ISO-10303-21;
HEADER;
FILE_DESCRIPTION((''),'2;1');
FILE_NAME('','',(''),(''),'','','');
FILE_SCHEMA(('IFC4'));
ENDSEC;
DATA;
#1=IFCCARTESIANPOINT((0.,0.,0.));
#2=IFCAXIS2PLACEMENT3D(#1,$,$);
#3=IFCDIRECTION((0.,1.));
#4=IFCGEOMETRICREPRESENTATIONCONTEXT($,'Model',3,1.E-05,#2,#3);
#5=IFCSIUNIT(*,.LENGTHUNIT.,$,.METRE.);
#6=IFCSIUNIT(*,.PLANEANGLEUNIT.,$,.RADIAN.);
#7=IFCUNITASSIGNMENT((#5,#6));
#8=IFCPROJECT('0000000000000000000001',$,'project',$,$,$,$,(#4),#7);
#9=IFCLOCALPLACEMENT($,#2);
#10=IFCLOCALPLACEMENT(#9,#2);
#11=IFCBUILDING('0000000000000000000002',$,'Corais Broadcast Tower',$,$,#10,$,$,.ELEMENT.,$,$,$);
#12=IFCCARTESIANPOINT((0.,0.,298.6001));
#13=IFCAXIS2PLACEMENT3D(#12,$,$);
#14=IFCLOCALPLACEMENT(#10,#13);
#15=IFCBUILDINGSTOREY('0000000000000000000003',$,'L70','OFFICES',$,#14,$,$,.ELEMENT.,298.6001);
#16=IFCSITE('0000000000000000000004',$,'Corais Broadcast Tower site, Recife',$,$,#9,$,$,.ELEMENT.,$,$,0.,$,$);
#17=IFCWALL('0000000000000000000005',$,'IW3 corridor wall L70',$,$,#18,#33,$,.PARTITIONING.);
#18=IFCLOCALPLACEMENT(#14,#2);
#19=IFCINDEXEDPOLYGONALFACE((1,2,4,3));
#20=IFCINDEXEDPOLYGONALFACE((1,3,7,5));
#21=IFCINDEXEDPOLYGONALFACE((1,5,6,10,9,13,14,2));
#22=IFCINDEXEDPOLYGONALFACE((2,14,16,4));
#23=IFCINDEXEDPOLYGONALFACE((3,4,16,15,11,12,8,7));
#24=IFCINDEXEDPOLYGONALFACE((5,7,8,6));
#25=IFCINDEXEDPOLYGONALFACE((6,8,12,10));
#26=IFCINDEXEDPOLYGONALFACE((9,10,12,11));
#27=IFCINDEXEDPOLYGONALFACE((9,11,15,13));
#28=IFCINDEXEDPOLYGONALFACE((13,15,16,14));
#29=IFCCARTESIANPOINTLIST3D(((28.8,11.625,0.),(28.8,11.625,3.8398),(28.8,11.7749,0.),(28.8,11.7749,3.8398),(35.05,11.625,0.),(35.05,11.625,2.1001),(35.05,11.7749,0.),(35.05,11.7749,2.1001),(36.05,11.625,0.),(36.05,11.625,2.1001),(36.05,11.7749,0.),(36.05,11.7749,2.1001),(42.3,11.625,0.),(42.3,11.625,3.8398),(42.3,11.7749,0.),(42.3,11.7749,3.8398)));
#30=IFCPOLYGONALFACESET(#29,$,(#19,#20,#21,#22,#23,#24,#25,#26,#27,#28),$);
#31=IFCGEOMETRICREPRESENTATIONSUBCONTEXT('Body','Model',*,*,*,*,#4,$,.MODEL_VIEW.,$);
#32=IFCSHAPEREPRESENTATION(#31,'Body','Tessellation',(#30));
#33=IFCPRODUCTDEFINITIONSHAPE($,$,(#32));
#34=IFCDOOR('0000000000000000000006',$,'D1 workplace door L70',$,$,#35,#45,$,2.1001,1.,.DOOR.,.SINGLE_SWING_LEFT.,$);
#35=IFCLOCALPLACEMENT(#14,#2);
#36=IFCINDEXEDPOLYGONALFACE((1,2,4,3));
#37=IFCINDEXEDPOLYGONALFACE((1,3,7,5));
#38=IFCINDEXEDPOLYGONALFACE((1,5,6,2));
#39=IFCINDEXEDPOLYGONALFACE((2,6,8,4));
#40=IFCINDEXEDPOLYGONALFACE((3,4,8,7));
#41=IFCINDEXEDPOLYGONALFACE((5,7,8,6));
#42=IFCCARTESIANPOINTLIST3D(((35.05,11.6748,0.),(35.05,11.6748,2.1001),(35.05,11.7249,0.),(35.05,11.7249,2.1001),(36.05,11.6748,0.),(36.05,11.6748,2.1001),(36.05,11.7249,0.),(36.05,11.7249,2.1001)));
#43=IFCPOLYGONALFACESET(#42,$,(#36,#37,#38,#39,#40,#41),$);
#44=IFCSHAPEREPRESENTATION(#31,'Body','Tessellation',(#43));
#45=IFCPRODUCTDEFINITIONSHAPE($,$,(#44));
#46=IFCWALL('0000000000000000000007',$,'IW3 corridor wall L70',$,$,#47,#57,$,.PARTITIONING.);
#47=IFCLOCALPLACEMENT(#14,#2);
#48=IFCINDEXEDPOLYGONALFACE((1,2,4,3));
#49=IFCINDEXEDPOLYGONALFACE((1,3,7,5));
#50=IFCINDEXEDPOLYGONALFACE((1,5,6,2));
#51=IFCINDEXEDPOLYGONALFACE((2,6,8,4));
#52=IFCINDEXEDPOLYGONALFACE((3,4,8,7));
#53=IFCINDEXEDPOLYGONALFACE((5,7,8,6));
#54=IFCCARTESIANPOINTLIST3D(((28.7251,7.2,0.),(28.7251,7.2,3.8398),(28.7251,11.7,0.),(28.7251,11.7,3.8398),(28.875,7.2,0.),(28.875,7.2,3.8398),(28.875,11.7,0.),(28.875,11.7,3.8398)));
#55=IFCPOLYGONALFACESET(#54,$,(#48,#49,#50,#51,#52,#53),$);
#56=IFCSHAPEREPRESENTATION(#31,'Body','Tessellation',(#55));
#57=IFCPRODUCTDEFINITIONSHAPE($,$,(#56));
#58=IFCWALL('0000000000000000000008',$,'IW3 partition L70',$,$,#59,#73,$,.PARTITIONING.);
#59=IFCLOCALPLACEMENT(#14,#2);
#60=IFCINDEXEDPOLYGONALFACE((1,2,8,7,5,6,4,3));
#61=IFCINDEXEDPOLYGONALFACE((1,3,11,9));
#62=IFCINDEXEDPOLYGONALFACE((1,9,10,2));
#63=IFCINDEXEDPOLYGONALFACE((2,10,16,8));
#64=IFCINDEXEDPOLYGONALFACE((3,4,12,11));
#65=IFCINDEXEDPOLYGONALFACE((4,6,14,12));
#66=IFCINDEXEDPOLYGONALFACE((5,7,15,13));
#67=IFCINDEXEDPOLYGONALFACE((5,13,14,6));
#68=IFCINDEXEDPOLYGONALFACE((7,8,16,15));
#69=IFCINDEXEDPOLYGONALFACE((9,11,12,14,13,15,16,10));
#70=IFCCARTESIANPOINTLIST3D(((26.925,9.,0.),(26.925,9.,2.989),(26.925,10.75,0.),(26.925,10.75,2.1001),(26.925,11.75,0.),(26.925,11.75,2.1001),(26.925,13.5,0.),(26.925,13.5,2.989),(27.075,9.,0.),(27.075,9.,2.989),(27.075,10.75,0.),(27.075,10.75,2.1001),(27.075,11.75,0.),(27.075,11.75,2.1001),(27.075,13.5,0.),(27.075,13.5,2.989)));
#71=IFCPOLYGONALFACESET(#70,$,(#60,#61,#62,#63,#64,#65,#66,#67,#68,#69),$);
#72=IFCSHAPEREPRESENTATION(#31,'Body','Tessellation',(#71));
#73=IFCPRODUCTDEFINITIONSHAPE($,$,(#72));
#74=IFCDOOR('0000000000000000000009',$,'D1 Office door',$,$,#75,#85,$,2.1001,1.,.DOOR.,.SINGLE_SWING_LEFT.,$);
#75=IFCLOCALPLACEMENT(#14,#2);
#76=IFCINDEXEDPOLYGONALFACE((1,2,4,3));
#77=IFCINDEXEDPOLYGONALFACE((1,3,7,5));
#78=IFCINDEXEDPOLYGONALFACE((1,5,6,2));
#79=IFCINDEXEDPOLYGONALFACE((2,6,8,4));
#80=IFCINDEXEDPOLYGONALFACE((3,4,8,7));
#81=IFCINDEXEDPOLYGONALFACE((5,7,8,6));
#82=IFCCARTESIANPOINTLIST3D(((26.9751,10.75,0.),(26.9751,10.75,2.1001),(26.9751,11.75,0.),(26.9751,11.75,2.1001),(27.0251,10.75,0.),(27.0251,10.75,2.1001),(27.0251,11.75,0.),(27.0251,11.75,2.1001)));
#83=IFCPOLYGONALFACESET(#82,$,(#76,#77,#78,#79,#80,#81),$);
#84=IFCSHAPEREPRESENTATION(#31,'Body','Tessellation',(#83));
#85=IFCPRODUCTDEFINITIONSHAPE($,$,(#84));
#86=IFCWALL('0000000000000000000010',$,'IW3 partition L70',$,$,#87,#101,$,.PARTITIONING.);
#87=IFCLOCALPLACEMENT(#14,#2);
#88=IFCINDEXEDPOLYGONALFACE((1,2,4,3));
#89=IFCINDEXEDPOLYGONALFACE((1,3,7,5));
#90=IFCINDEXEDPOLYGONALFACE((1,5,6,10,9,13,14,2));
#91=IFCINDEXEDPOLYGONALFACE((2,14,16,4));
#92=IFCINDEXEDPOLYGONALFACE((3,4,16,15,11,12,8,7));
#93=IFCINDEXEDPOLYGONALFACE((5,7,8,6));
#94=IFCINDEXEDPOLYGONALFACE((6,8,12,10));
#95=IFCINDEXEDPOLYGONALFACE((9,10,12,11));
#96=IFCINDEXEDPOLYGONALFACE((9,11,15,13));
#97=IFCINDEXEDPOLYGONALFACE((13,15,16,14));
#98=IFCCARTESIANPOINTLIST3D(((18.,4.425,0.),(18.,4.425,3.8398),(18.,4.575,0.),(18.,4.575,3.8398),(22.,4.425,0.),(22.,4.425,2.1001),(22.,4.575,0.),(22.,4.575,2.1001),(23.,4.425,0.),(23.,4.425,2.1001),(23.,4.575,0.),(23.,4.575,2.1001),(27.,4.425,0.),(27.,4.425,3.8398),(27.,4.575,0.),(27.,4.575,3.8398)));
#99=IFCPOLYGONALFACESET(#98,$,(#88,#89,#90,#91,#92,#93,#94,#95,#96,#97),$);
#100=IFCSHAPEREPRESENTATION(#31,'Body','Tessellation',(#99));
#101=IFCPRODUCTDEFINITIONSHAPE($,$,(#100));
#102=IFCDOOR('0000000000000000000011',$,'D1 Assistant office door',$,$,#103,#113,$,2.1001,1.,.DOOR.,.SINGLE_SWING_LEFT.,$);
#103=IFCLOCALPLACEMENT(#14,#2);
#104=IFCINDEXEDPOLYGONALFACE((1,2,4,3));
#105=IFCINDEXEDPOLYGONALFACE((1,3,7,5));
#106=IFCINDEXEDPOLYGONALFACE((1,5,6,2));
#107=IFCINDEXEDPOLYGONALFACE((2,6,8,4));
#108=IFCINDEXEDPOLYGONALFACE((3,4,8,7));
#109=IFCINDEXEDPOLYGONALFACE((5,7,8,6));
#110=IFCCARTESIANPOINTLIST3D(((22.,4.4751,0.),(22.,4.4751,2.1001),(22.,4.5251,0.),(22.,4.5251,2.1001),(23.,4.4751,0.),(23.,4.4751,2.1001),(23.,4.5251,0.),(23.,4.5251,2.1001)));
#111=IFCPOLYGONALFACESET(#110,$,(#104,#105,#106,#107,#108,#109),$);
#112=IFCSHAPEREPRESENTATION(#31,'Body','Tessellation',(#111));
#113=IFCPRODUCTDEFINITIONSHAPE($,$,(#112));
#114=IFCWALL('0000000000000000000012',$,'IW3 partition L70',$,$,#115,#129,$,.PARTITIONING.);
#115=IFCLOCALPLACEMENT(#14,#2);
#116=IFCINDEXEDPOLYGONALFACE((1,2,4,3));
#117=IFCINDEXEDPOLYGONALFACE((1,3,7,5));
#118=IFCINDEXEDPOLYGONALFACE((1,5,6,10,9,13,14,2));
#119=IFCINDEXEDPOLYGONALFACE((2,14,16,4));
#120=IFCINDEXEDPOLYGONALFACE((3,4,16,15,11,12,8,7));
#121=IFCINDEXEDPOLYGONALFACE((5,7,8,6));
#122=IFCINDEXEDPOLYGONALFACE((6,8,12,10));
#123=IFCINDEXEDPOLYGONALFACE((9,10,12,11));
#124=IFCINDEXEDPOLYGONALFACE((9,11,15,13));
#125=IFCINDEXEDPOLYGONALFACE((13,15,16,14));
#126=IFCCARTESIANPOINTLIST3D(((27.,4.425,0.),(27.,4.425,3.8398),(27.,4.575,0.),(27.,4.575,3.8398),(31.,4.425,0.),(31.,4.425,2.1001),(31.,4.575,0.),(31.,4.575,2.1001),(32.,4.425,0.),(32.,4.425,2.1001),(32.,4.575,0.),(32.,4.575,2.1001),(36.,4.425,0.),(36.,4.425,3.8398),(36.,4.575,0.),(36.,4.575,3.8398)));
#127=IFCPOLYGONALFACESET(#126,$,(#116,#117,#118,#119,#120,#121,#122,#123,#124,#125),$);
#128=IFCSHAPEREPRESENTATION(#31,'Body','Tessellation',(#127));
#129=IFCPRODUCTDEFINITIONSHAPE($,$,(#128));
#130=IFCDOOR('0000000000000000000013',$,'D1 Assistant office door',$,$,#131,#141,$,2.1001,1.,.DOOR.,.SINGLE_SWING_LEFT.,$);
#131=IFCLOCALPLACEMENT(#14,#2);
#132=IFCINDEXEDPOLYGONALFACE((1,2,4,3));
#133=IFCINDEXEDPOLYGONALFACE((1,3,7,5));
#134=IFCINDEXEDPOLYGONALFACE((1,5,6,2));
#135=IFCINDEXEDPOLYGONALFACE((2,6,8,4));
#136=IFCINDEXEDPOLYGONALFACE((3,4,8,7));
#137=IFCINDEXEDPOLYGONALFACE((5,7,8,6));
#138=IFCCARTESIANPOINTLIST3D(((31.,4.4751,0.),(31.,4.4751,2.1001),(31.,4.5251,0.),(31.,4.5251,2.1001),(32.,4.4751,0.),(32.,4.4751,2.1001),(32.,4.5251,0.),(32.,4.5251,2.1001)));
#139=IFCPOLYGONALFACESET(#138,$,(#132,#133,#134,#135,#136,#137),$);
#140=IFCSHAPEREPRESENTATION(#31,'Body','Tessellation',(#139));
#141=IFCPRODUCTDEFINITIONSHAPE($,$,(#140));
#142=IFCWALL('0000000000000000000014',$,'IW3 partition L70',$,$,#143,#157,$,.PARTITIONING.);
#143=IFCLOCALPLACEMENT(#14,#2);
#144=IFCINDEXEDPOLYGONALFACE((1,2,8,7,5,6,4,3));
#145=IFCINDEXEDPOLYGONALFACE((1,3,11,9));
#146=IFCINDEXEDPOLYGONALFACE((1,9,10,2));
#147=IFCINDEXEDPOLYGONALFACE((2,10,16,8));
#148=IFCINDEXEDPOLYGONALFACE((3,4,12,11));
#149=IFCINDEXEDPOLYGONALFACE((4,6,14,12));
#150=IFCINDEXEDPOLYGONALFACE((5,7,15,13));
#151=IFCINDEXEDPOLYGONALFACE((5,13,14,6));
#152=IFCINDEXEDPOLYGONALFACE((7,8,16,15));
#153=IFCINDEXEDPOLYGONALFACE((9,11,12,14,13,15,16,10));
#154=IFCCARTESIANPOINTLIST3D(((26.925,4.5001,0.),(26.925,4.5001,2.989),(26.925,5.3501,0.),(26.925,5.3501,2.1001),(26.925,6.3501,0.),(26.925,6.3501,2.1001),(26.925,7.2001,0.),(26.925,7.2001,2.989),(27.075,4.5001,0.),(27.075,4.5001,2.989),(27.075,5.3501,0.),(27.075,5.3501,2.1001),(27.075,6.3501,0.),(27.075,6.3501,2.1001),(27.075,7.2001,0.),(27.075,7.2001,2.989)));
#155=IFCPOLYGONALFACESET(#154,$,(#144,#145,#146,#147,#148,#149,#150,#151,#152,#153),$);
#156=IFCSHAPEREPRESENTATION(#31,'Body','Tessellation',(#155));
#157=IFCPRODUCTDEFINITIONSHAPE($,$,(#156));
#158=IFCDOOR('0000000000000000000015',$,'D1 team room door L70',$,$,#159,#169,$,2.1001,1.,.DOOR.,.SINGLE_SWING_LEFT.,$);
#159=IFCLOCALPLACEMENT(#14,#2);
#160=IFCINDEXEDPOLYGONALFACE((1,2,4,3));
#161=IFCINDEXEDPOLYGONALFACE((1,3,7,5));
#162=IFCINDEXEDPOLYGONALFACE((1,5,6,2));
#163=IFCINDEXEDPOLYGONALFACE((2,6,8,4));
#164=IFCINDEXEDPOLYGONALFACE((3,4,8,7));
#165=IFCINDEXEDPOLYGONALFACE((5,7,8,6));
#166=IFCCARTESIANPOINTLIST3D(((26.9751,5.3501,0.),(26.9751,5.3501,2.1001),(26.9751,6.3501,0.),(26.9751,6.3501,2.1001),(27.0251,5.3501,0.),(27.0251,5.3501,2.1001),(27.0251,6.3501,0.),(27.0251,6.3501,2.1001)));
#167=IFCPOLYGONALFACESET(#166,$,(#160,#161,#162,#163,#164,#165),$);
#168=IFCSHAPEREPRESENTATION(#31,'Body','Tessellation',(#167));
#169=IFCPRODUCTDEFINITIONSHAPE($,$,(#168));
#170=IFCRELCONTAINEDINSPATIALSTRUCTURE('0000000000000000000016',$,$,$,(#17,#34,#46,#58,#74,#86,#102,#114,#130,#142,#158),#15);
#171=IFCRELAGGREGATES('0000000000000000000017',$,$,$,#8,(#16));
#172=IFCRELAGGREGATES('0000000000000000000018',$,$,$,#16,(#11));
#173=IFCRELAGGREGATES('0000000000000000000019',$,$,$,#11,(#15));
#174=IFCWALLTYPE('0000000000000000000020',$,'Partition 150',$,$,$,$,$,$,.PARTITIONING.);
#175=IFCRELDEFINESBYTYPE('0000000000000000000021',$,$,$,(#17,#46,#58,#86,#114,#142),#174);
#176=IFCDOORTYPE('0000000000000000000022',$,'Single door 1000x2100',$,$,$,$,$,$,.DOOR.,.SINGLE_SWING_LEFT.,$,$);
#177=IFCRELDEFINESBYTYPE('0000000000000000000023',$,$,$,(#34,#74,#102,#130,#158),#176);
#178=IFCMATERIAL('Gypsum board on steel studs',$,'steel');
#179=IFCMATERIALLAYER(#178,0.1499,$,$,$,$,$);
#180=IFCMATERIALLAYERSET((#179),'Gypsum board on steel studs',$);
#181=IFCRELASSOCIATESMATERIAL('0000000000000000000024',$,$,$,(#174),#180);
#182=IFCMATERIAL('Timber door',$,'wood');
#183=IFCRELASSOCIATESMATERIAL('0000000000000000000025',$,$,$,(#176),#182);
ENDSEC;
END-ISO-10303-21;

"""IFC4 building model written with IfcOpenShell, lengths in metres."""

from ifc_helpers import new_model, si_unit, direction, frame, frame_2d, origin, place, context, subcontext, project, spatial, rectangle, extrude, material, layer, layer_set, type_object, element, fill, save


model = new_model("IFC4")

# Units and contexts
model_context = context("Model", 3, precision=1e-05, world=origin(), true_north=direction((0.0, 1.0)))
body_context = subcontext(model_context, "Body", "Model", "MODEL_VIEW")
ifc_project = project(units=[si_unit("LENGTHUNIT", "METRE"), si_unit("PLANEANGLEUNIT", "RADIAN")], contexts=[model_context])

# Site, building, storey
site_placement = place(None, origin())
site = spatial("IfcSite", under=ifc_project, at=site_placement, Name="Corais Broadcast Tower site, Recife", CompositionType="ELEMENT", RefElevation=0.0)
building_placement = place(site_placement, origin())
building = spatial("IfcBuilding", under=site, at=building_placement, Name="Corais Broadcast Tower", CompositionType="ELEMENT")
storey_placement = place(building_placement, frame((0.0, 0.0, 298.6001)))
storey = spatial("IfcBuildingStorey", under=building, at=storey_placement, Name="L70", Description="OFFICES", CompositionType="ELEMENT", Elevation=298.6001)

# Wall, opening, door
ifc_material_1 = material(Name="Gypsum board on steel studs", Category="steel")
ifc_layer_1 = layer(ifc_material_1, 0.1499)
ifc_layer_set_1 = layer_set([ifc_layer_1], Name="Gypsum board on steel studs")
wall_type_1 = type_object("IfcWallType", Name="Partition 150", PredefinedType="PARTITIONING", material=ifc_layer_set_1)
wall_1_placement = place(storey_placement, frame((28.8, 11.7, 0.0), z_axis=(0.0, 0.0, 1.0), x_axis=(1.0, 0.0, 0.0)))
wall_1 = element("IfcWall", 1, at=wall_1_placement, inside=storey, type_object=wall_type_1, Name="IW3 corridor wall L70", PredefinedType="PARTITIONING", context=body_context, shape_type="SweptSolid", body=[
    extrude(rectangle(XDim=13.5, YDim=0.1499, at=frame_2d((6.75, 0.0))), origin(), (0.0, 0.0, 1.0), 3.8398),
])
opening_1_placement = place(wall_1_placement, frame((6.25, 0.0, 0.0)))
opening_1 = element("IfcOpeningElement", 2, at=opening_1_placement, cuts=wall_1, PredefinedType="OPENING", context=body_context, shape_type="SweptSolid", body=[
    extrude(rectangle(XDim=1.0, YDim=2.1001, at=frame_2d((0.5, 1.05))), frame((0.0, 0.085, 0.0), z_axis=(0.0, -1.0, 0.0), x_axis=(1.0, 0.0, 0.0)), (0.0, 0.0, 1.0), 0.1699),
])
ifc_material_2 = material(Name="Timber door", Category="wood")
door_type = type_object("IfcDoorType", Name="Single door 1000x2100", OperationType="SINGLE_SWING_LEFT", PredefinedType="DOOR", material=ifc_material_2)
door_1_placement = place(opening_1_placement, origin())
door_1 = element("IfcDoor", 3, at=door_1_placement, inside=storey, type_object=door_type, Name="D1 workplace door L70", OperationType="SINGLE_SWING_LEFT", OverallHeight=2.1001, OverallWidth=1.0, PredefinedType="DOOR", context=body_context, shape_type="SweptSolid", body=[
    extrude(rectangle(XDim=1.0, YDim=2.1001, at=frame_2d((0.5, 1.05))), frame((0.0, 0.0249, 0.0), z_axis=(0.0, -1.0, 0.0), x_axis=(1.0, 0.0, 0.0)), (0.0, 0.0, 1.0), 0.05),
])
fill(opening_1, door_1)

# Wall
wall_2_placement = place(storey_placement, frame((28.8, 7.2, 0.0), z_axis=(0.0, 0.0, 1.0), x_axis=(0.0, 1.0, 0.0)))
element("IfcWall", 4, at=wall_2_placement, inside=storey, type_object=wall_type_1, Name="IW3 corridor wall L70", PredefinedType="PARTITIONING", context=body_context, shape_type="SweptSolid", body=[
    extrude(rectangle(XDim=4.5, YDim=0.1499, at=frame_2d((2.25, 0.0))), origin(), (0.0, 0.0, 1.0), 3.8398),
])

# Walls, openings, doors
wall_3_placement = place(storey_placement, frame((27.0, 9.0, 0.0), z_axis=(0.0, 0.0, 1.0), x_axis=(0.0, 1.0, 0.0)))
wall_3 = element("IfcWall", 5, at=wall_3_placement, inside=storey, type_object=wall_type_1, Name="IW3 partition L70", PredefinedType="PARTITIONING", context=body_context, shape_type="SweptSolid", body=[
    extrude(rectangle(XDim=4.5, YDim=0.1499, at=frame_2d((2.25, 0.0))), origin(), (0.0, 0.0, 1.0), 2.989),
])
opening_2_placement = place(wall_3_placement, frame((1.75, 0.0, 0.0)))
opening_2 = element("IfcOpeningElement", 6, at=opening_2_placement, cuts=wall_3, PredefinedType="OPENING", context=body_context, shape_type="SweptSolid", body=[
    extrude(rectangle(XDim=1.0, YDim=2.1001, at=frame_2d((0.5, 1.05))), frame((0.0, 0.085, 0.0), z_axis=(0.0, -1.0, 0.0), x_axis=(1.0, 0.0, 0.0)), (0.0, 0.0, 1.0), 0.1699),
])
door_2_placement = place(opening_2_placement, origin())
door_2 = element("IfcDoor", 7, at=door_2_placement, inside=storey, type_object=door_type, Name="D1 Office door", OperationType="SINGLE_SWING_LEFT", OverallHeight=2.1001, OverallWidth=1.0, PredefinedType="DOOR", context=body_context, shape_type="SweptSolid", body=[
    extrude(rectangle(XDim=1.0, YDim=2.1001, at=frame_2d((0.5, 1.05))), frame((0.0, 0.0249, 0.0), z_axis=(0.0, -1.0, 0.0), x_axis=(1.0, 0.0, 0.0)), (0.0, 0.0, 1.0), 0.05),
])
fill(opening_2, door_2)
wall_4_placement = place(storey_placement, frame((27.0, 4.5, 0.0), z_axis=(0.0, 0.0, 1.0), x_axis=(-1.0, 0.0, 0.0)))
wall_4 = element("IfcWall", 8, at=wall_4_placement, inside=storey, type_object=wall_type_1, Name="IW3 partition L70", PredefinedType="PARTITIONING", context=body_context, shape_type="SweptSolid", body=[
    extrude(rectangle(XDim=9.0, YDim=0.1499, at=frame_2d((4.5, 0.0))), origin(), (0.0, 0.0, 1.0), 3.8398),
])
opening_3_placement = place(wall_4_placement, frame((4.0, 0.0, 0.0)))
opening_3 = element("IfcOpeningElement", 9, at=opening_3_placement, cuts=wall_4, PredefinedType="OPENING", context=body_context, shape_type="SweptSolid", body=[
    extrude(rectangle(XDim=1.0, YDim=2.1001, at=frame_2d((0.5, 1.05))), frame((0.0, 0.085, 0.0), z_axis=(0.0, -1.0, 0.0), x_axis=(1.0, 0.0, 0.0)), (0.0, 0.0, 1.0), 0.1699),
])
door_3_placement = place(opening_3_placement, origin())
door_3 = element("IfcDoor", 10, at=door_3_placement, inside=storey, type_object=door_type, Name="D1 Assistant office door", OperationType="SINGLE_SWING_LEFT", OverallHeight=2.1001, OverallWidth=1.0, PredefinedType="DOOR", context=body_context, shape_type="SweptSolid", body=[
    extrude(rectangle(XDim=1.0, YDim=2.1001, at=frame_2d((0.5, 1.05))), frame((0.0, 0.0249, 0.0), z_axis=(0.0, -1.0, 0.0), x_axis=(1.0, 0.0, 0.0)), (0.0, 0.0, 1.0), 0.05),
])
fill(opening_3, door_3)
wall_5_placement = place(storey_placement, frame((36.0, 4.5, 0.0), z_axis=(0.0, 0.0, 1.0), x_axis=(-1.0, 0.0, 0.0)))
wall_5 = element("IfcWall", 11, at=wall_5_placement, inside=storey, type_object=wall_type_1, Name="IW3 partition L70", PredefinedType="PARTITIONING", context=body_context, shape_type="SweptSolid", body=[
    extrude(rectangle(XDim=9.0, YDim=0.1499, at=frame_2d((4.5, 0.0))), origin(), (0.0, 0.0, 1.0), 3.8398),
])
opening_4_placement = place(wall_5_placement, frame((4.0, 0.0, 0.0)))
opening_4 = element("IfcOpeningElement", 12, at=opening_4_placement, cuts=wall_5, PredefinedType="OPENING", context=body_context, shape_type="SweptSolid", body=[
    extrude(rectangle(XDim=1.0, YDim=2.1001, at=frame_2d((0.5, 1.05))), frame((0.0, 0.085, 0.0), z_axis=(0.0, -1.0, 0.0), x_axis=(1.0, 0.0, 0.0)), (0.0, 0.0, 1.0), 0.1699),
])
door_4_placement = place(opening_4_placement, origin())
door_4 = element("IfcDoor", 13, at=door_4_placement, inside=storey, type_object=door_type, Name="D1 Assistant office door", OperationType="SINGLE_SWING_LEFT", OverallHeight=2.1001, OverallWidth=1.0, PredefinedType="DOOR", context=body_context, shape_type="SweptSolid", body=[
    extrude(rectangle(XDim=1.0, YDim=2.1001, at=frame_2d((0.5, 1.05))), frame((0.0, 0.0249, 0.0), z_axis=(0.0, -1.0, 0.0), x_axis=(1.0, 0.0, 0.0)), (0.0, 0.0, 1.0), 0.05),
])
fill(opening_4, door_4)
wall_6_placement = place(storey_placement, frame((27.0, 4.5, 0.0), z_axis=(0.0, 0.0, 1.0), x_axis=(0.0, 1.0, 0.0)))
wall_6 = element("IfcWall", 14, at=wall_6_placement, inside=storey, type_object=wall_type_1, Name="IW3 partition L70", PredefinedType="PARTITIONING", context=body_context, shape_type="SweptSolid", body=[
    extrude(rectangle(XDim=2.7, YDim=0.1499, at=frame_2d((1.3501, 0.0))), origin(), (0.0, 0.0, 1.0), 2.989),
])
opening_5_placement = place(wall_6_placement, frame((0.8501, 0.0, 0.0)))
opening_5 = element("IfcOpeningElement", 15, at=opening_5_placement, cuts=wall_6, PredefinedType="OPENING", context=body_context, shape_type="SweptSolid", body=[
    extrude(rectangle(XDim=1.0, YDim=2.1001, at=frame_2d((0.5, 1.05))), frame((0.0, 0.085, 0.0), z_axis=(0.0, -1.0, 0.0), x_axis=(1.0, 0.0, 0.0)), (0.0, 0.0, 1.0), 0.1699),
])
door_5_placement = place(opening_5_placement, origin())
door_5 = element("IfcDoor", 16, at=door_5_placement, inside=storey, type_object=door_type, Name="D1 team room door L70", OperationType="SINGLE_SWING_LEFT", OverallHeight=2.1001, OverallWidth=1.0, PredefinedType="DOOR", context=body_context, shape_type="SweptSolid", body=[
    extrude(rectangle(XDim=1.0, YDim=2.1001, at=frame_2d((0.5, 1.05))), frame((0.0, 0.0249, 0.0), z_axis=(0.0, -1.0, 0.0), x_axis=(1.0, 0.0, 0.0)), (0.0, 0.0, 1.0), 0.05),
])
fill(opening_5, door_5)

save(model, "model.ifc")
